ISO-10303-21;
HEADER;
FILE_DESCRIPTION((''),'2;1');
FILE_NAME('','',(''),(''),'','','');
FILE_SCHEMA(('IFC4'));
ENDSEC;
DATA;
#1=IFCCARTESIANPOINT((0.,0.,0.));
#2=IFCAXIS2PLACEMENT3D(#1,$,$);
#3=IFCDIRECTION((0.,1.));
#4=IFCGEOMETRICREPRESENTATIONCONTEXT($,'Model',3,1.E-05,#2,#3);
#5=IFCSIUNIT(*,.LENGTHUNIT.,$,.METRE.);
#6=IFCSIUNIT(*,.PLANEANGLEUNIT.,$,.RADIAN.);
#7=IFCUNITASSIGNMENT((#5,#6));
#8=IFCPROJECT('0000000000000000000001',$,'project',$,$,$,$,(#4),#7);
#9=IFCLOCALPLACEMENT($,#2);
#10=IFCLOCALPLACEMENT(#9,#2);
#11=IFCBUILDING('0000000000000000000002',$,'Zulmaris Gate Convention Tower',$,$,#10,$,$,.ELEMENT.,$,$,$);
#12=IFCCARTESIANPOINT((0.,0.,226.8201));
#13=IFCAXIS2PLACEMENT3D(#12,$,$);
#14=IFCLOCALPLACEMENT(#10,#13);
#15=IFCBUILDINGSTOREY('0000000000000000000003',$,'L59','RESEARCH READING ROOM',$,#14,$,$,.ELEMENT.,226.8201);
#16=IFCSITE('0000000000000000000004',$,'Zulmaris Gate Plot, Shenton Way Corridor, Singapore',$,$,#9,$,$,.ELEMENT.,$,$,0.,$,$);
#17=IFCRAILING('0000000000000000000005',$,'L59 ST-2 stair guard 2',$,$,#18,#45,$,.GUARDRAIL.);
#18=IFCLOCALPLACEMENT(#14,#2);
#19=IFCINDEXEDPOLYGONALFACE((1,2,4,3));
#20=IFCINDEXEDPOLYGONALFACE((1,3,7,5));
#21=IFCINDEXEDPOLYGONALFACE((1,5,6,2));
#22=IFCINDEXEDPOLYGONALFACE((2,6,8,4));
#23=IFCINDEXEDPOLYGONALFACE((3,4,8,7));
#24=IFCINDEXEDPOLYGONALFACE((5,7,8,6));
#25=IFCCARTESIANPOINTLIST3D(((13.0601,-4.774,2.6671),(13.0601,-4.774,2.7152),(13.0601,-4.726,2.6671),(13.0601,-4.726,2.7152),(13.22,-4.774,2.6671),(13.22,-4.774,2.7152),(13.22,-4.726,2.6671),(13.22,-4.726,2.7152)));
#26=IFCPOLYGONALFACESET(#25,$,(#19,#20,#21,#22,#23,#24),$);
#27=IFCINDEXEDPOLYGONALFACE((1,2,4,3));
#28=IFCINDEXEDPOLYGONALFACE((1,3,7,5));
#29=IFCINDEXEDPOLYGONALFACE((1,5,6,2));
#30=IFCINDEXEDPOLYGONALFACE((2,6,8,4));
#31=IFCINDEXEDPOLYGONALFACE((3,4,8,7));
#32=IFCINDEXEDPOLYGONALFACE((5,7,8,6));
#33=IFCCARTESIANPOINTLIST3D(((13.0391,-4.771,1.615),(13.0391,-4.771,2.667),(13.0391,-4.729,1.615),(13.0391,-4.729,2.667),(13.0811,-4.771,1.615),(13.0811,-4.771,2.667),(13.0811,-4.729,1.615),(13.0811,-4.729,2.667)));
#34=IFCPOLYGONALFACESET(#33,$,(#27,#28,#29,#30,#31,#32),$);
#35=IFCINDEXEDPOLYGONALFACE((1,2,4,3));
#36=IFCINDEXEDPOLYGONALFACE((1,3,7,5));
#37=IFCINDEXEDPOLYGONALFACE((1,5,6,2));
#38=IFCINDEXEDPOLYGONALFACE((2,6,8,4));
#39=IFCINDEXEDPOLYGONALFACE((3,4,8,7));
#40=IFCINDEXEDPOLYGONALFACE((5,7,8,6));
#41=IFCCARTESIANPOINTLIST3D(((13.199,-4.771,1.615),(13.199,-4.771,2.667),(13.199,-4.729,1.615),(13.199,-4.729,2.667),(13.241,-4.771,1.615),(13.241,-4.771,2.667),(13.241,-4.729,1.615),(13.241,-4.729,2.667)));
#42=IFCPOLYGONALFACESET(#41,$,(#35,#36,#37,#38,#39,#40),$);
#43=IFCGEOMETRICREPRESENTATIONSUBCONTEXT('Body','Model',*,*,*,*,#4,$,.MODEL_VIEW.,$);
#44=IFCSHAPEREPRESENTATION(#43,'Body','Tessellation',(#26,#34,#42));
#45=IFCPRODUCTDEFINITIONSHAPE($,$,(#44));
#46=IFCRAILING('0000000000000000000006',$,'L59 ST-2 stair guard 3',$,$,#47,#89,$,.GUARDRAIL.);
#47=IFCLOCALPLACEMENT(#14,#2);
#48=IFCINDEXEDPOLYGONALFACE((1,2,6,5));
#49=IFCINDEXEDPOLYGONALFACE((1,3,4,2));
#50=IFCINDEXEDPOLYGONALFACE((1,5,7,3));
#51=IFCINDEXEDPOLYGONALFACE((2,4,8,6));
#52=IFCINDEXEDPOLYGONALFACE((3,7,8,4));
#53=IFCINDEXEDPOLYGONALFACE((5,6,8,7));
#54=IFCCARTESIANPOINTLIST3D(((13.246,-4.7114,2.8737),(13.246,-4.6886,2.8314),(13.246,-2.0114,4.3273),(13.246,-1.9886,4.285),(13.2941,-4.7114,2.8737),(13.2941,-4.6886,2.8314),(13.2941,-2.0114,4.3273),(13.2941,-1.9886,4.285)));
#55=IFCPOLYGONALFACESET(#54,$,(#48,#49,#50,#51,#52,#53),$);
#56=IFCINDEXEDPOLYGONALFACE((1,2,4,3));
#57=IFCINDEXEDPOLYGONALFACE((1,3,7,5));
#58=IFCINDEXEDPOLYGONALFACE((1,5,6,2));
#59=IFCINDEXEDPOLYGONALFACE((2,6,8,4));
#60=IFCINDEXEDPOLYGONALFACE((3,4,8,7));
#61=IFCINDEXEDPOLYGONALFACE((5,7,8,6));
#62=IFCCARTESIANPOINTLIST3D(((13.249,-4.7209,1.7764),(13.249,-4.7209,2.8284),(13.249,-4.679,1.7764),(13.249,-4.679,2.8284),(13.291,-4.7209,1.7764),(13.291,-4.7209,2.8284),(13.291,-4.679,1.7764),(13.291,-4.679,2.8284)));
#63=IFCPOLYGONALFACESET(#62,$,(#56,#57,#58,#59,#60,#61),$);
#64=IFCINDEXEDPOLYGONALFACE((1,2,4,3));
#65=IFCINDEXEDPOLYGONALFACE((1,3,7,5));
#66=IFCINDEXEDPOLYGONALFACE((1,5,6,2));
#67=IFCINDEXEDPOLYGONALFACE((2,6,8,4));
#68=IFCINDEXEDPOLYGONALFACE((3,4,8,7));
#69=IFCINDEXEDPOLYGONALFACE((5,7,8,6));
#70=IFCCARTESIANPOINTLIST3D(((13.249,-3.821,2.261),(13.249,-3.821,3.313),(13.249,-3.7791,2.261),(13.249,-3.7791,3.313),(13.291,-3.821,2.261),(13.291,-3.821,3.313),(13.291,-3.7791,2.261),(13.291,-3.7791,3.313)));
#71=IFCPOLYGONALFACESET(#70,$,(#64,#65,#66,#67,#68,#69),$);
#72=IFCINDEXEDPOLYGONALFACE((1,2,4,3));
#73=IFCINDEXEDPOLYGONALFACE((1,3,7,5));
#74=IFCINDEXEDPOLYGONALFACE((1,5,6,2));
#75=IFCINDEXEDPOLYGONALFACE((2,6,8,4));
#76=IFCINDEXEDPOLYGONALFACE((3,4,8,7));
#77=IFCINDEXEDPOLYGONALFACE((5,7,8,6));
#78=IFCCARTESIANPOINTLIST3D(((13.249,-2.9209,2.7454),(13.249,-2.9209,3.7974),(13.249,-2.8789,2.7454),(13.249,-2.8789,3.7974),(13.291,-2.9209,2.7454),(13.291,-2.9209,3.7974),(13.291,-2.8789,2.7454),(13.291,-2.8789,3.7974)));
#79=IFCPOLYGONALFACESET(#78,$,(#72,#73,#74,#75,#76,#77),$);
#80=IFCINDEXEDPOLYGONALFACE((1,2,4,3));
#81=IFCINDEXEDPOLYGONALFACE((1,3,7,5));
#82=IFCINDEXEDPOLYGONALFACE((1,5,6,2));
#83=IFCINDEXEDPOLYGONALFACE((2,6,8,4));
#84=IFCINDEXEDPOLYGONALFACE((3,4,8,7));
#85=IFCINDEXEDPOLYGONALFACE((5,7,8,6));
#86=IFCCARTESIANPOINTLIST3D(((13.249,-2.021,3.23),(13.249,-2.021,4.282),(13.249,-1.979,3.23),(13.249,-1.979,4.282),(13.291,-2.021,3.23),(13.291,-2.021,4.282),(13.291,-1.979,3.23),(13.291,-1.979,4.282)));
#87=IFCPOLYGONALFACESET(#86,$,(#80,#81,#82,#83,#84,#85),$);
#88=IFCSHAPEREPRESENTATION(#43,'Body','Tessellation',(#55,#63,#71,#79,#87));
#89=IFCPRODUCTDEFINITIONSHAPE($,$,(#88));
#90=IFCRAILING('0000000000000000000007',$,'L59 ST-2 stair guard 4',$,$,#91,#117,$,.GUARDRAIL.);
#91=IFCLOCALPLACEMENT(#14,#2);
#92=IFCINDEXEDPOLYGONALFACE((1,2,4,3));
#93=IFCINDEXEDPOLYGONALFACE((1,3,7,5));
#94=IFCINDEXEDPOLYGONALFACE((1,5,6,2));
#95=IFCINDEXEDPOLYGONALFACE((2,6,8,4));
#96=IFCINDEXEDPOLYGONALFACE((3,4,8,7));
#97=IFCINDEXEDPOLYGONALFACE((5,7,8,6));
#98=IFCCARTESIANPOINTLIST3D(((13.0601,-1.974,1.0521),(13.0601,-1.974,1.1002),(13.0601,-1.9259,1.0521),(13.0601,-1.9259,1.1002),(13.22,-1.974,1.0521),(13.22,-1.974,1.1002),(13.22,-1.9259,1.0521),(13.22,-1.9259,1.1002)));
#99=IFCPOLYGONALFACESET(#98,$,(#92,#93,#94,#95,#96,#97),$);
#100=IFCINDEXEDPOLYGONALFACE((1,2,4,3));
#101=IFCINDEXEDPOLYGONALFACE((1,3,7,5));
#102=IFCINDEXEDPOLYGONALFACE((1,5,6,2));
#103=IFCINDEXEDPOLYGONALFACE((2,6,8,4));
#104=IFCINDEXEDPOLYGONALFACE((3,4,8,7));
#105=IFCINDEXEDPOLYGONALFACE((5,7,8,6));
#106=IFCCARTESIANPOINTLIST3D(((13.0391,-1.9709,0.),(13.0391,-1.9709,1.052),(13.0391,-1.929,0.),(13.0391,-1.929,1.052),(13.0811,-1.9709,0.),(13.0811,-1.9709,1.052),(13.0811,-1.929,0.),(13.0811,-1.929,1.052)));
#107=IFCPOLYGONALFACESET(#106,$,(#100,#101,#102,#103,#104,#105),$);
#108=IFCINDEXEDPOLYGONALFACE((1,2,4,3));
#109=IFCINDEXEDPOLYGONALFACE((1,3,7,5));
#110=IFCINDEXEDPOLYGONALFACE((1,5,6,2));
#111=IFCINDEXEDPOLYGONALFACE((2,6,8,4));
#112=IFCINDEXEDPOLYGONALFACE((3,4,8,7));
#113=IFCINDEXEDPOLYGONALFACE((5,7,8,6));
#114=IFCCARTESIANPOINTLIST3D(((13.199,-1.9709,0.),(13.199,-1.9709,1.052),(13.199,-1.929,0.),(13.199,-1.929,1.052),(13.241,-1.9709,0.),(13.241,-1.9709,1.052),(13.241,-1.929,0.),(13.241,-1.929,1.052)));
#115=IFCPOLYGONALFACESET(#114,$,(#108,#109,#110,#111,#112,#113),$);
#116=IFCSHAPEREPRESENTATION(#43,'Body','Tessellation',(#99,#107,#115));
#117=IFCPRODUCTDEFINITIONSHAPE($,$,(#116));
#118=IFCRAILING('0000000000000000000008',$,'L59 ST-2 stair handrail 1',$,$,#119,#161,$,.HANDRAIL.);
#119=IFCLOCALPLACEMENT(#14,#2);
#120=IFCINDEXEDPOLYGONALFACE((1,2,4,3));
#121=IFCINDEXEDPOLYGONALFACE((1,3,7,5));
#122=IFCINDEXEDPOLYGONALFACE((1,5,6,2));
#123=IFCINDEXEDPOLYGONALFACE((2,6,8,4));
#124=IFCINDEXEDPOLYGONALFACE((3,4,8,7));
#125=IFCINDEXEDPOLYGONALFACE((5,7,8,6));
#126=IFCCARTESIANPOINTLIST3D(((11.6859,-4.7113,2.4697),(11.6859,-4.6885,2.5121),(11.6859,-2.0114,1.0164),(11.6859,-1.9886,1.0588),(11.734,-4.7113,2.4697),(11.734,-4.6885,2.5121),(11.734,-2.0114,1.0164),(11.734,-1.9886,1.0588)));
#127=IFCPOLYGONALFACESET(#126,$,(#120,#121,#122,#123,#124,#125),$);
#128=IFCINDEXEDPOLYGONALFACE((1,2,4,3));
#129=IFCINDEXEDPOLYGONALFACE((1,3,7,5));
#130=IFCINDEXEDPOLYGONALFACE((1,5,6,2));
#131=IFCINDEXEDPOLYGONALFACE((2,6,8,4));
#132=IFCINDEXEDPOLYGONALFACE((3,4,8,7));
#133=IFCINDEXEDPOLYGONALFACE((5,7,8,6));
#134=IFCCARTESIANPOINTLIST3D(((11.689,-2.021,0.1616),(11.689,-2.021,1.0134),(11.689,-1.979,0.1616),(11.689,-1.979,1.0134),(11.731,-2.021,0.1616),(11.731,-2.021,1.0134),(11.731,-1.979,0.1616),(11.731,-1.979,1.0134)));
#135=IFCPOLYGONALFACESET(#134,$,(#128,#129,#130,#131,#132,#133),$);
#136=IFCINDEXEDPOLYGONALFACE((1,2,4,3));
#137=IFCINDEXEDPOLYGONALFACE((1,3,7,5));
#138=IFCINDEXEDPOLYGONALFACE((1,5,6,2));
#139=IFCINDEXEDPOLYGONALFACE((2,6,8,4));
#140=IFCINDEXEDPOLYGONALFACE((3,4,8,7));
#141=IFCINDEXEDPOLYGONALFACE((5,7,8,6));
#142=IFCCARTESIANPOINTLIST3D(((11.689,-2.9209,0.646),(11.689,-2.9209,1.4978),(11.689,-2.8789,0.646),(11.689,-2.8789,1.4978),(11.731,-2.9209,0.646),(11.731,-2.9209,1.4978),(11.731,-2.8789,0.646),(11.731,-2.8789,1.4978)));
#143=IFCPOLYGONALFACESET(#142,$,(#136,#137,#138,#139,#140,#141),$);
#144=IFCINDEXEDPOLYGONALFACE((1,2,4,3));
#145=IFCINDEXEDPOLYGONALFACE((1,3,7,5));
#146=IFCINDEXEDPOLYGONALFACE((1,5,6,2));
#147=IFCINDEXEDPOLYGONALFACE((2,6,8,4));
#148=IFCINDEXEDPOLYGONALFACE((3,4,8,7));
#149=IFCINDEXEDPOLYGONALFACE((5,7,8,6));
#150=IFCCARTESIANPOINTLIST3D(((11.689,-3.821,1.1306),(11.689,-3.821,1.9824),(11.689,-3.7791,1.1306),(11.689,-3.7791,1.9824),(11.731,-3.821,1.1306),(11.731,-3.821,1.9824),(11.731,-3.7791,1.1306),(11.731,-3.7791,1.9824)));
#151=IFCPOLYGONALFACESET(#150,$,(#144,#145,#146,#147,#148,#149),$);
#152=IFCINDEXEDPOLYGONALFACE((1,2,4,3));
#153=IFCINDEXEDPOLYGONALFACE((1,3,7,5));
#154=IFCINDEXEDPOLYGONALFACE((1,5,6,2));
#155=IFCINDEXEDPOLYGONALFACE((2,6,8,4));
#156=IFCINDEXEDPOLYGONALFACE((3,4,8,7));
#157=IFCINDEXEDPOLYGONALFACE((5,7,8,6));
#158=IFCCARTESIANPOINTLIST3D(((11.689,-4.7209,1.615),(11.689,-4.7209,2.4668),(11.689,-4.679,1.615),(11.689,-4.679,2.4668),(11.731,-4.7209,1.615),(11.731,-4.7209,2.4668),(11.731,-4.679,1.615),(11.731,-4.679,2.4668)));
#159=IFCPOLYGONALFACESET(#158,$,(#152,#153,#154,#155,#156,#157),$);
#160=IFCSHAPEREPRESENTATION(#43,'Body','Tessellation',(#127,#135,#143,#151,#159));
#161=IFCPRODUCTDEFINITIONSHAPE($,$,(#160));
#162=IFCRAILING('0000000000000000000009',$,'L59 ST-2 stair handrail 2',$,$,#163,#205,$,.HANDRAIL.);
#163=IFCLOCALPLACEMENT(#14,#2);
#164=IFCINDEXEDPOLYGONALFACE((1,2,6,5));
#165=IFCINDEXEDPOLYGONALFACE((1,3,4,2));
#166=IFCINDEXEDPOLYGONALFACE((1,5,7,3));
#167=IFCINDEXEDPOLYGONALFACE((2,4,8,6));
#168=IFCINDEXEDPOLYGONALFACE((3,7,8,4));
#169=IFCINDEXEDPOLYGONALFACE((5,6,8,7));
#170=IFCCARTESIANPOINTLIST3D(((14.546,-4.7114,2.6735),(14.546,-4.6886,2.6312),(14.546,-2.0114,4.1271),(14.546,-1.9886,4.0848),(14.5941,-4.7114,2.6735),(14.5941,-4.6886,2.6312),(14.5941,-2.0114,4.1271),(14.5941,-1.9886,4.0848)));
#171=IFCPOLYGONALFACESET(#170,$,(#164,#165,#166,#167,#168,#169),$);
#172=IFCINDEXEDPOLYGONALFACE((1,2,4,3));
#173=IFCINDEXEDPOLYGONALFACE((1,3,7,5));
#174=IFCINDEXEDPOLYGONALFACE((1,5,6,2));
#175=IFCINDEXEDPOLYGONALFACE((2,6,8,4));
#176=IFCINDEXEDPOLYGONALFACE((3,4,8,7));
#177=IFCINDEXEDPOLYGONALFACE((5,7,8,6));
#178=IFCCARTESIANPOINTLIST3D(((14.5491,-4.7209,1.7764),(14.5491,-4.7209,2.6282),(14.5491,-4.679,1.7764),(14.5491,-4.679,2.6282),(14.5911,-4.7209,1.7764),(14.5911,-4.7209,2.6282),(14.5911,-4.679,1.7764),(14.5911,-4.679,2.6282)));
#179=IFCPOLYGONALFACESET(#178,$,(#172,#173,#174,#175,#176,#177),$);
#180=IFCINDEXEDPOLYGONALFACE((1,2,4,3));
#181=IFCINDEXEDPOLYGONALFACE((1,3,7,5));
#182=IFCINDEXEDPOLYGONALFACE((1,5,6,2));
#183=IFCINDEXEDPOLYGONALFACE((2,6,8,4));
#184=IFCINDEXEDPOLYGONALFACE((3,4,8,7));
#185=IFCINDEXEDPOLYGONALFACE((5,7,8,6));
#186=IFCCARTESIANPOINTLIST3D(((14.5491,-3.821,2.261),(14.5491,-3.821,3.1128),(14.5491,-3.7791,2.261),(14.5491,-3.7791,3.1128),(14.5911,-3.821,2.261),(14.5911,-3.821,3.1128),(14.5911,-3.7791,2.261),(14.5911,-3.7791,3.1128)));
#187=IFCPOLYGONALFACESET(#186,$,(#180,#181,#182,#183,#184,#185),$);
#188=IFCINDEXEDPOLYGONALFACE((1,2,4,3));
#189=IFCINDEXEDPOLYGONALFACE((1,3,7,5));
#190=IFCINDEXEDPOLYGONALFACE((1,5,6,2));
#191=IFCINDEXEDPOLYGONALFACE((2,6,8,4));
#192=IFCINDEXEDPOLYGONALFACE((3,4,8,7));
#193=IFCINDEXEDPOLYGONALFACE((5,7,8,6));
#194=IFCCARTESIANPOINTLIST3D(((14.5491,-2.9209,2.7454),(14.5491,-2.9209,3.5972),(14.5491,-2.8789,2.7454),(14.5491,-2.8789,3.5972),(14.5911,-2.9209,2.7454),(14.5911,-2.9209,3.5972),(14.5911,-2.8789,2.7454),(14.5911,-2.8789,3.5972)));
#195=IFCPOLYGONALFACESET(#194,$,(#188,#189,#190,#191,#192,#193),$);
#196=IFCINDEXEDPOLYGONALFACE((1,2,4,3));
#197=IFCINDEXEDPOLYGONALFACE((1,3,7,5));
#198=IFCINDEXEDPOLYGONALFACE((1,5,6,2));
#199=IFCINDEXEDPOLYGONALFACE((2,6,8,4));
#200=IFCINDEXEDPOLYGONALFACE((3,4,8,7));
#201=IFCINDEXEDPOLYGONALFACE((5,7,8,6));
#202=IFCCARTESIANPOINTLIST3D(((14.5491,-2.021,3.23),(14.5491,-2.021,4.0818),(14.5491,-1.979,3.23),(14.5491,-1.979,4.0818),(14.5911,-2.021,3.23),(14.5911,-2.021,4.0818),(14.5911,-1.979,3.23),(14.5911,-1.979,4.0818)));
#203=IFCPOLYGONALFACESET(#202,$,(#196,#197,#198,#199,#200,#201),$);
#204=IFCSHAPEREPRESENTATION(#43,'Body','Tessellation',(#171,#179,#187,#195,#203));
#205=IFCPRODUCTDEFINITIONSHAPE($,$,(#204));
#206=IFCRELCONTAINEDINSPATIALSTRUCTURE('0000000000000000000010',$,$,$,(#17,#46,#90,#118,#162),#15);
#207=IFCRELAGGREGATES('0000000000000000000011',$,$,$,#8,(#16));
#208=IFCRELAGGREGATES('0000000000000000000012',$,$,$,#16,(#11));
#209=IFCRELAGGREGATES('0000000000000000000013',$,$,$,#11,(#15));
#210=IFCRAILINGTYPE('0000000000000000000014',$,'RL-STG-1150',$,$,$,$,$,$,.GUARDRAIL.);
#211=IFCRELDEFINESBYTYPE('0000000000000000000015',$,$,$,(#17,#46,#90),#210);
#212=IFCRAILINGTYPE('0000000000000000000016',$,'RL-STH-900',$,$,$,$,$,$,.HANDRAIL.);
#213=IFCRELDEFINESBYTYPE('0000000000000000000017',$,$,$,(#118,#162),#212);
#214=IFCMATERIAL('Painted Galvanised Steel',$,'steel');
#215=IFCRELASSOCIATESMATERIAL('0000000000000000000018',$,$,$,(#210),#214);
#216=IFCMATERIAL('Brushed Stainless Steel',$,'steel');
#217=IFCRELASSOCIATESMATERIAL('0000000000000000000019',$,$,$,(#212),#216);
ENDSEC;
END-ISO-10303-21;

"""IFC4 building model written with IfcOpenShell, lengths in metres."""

from ifc_helpers import new_model, si_unit, direction, frame, origin, origin_2d, place, context, subcontext, project, spatial, rectangle, extrude, material, type_object, element, save


model = new_model("IFC4")

# Units and contexts
model_context = context("Model", 3, precision=1e-05, world=origin(), true_north=direction((0.0, 1.0)))
body_context = subcontext(model_context, "Body", "Model", "MODEL_VIEW")
ifc_project = project(units=[si_unit("LENGTHUNIT", "METRE"), si_unit("PLANEANGLEUNIT", "RADIAN")], contexts=[model_context])

# Site, building, storey
site_placement = place(None, origin())
site = spatial("IfcSite", under=ifc_project, at=site_placement, Name="Zulmaris Gate Plot, Shenton Way Corridor, Singapore", CompositionType="ELEMENT", RefElevation=0.0)
building_placement = place(site_placement, origin())
building = spatial("IfcBuilding", under=site, at=building_placement, Name="Zulmaris Gate Convention Tower", CompositionType="ELEMENT")
storey_placement = place(building_placement, frame((0.0, 0.0, 226.8201)))
storey = spatial("IfcBuildingStorey", under=building, at=storey_placement, Name="L59", Description="RESEARCH READING ROOM", CompositionType="ELEMENT", Elevation=226.8201)

# Railings
ifc_material_1 = material(Name="Painted Galvanised Steel", Category="steel")
railing_type_1 = type_object("IfcRailingType", Name="RL-STG-1150", PredefinedType="GUARDRAIL", material=ifc_material_1)
railing_1_placement = place(storey_placement, frame((13.0601, -4.75, 1.615)))
element("IfcRailing", 1, at=railing_1_placement, inside=storey, type_object=railing_type_1, Name="L59 ST-2 stair guard 2", PredefinedType="GUARDRAIL", context=body_context, shape_type="SweptSolid", body=[
    extrude(rectangle(XDim=0.0481, YDim=0.0481, at=origin_2d()), frame((0.0, 0.0, 1.0762), z_axis=(1.0, 0.0, 0.0), x_axis=(0.0, 1.0, 0.0)), (0.0, 0.0, 1.0), 0.1599),
    extrude(rectangle(XDim=0.042, YDim=0.042, at=origin_2d()), origin(), (0.0, 0.0, 1.0), 1.052),
    extrude(rectangle(XDim=0.042, YDim=0.042, at=origin_2d()), frame((0.1599, 0.0, 0.0)), (0.0, 0.0, 1.0), 1.052),
])
railing_2_placement = place(storey_placement, frame((13.27, -4.7, 1.7764)))
element("IfcRailing", 2, at=railing_2_placement, inside=storey, type_object=railing_type_1, Name="L59 ST-2 stair guard 3", PredefinedType="GUARDRAIL", context=body_context, shape_type="SweptSolid", body=[
    extrude(rectangle(XDim=0.0481, YDim=0.0481, at=origin_2d()), frame((0.0, 0.0, 1.0762), z_axis=(0.0, 0.880499, 0.474048), x_axis=(-1.0, 0.0, 0.0)), (0.0, 0.0, 1.0), 3.0664),
    extrude(rectangle(XDim=0.042, YDim=0.042, at=origin_2d()), origin(), (0.0, 0.0, 1.0), 1.052),
    extrude(rectangle(XDim=0.042, YDim=0.042, at=origin_2d()), frame((0.0, 0.8999, 0.4846)), (0.0, 0.0, 1.0), 1.052),
    extrude(rectangle(XDim=0.042, YDim=0.042, at=origin_2d()), frame((0.0, 1.8, 0.969)), (0.0, 0.0, 1.0), 1.052),
    extrude(rectangle(XDim=0.042, YDim=0.042, at=origin_2d()), frame((0.0, 2.7, 1.4536)), (0.0, 0.0, 1.0), 1.052),
])
railing_3_placement = place(storey_placement, frame((13.0601, -1.95, 0.0)))
element("IfcRailing", 3, at=railing_3_placement, inside=storey, type_object=railing_type_1, Name="L59 ST-2 stair guard 4", PredefinedType="GUARDRAIL", context=body_context, shape_type="SweptSolid", body=[
    extrude(rectangle(XDim=0.0481, YDim=0.0481, at=origin_2d()), frame((0.0, 0.0, 1.0762), z_axis=(1.0, 0.0, 0.0), x_axis=(0.0, 1.0, 0.0)), (0.0, 0.0, 1.0), 0.1599),
    extrude(rectangle(XDim=0.042, YDim=0.042, at=origin_2d()), origin(), (0.0, 0.0, 1.0), 1.052),
    extrude(rectangle(XDim=0.042, YDim=0.042, at=origin_2d()), frame((0.1599, 0.0, 0.0)), (0.0, 0.0, 1.0), 1.052),
])
ifc_material_2 = material(Name="Brushed Stainless Steel", Category="steel")
railing_type_2 = type_object("IfcRailingType", Name="RL-STH-900", PredefinedType="HANDRAIL", material=ifc_material_2)
railing_4_placement = place(storey_placement, frame((11.71, -2.0, 0.1616)))
element("IfcRailing", 4, at=railing_4_placement, inside=storey, type_object=railing_type_2, Name="L59 ST-2 stair handrail 1", PredefinedType="HANDRAIL", context=body_context, shape_type="SweptSolid", body=[
    extrude(rectangle(XDim=0.0481, YDim=0.0481, at=origin_2d()), frame((0.0, 0.0, 0.876), z_axis=(0.0, -0.880532, 0.473986), x_axis=(1.0, 0.0, 0.0)), (0.0, 0.0, 1.0), 3.0662),
    extrude(rectangle(XDim=0.042, YDim=0.042, at=origin_2d()), origin(), (0.0, 0.0, 1.0), 0.8518),
    extrude(rectangle(XDim=0.042, YDim=0.042, at=origin_2d()), frame((0.0, -0.8999, 0.4844)), (0.0, 0.0, 1.0), 0.8518),
    extrude(rectangle(XDim=0.042, YDim=0.042, at=origin_2d()), frame((0.0, -1.8, 0.969)), (0.0, 0.0, 1.0), 0.8518),
    extrude(rectangle(XDim=0.042, YDim=0.042, at=origin_2d()), frame((0.0, -2.7, 1.4534)), (0.0, 0.0, 1.0), 0.8518),
])
railing_5_placement = place(storey_placement, frame((14.5701, -4.7, 1.7764)))
element("IfcRailing", 5, at=railing_5_placement, inside=storey, type_object=railing_type_2, Name="L59 ST-2 stair handrail 2", PredefinedType="HANDRAIL", context=body_context, shape_type="SweptSolid", body=[
    extrude(rectangle(XDim=0.0481, YDim=0.0481, at=origin_2d()), frame((0.0, 0.0, 0.876), z_axis=(0.0, 0.880499, 0.474048), x_axis=(-1.0, 0.0, 0.0)), (0.0, 0.0, 1.0), 3.0664),
    extrude(rectangle(XDim=0.042, YDim=0.042, at=origin_2d()), origin(), (0.0, 0.0, 1.0), 0.8518),
    extrude(rectangle(XDim=0.042, YDim=0.042, at=origin_2d()), frame((0.0, 0.8999, 0.4846)), (0.0, 0.0, 1.0), 0.8518),
    extrude(rectangle(XDim=0.042, YDim=0.042, at=origin_2d()), frame((0.0, 1.8, 0.969)), (0.0, 0.0, 1.0), 0.8518),
    extrude(rectangle(XDim=0.042, YDim=0.042, at=origin_2d()), frame((0.0, 2.7, 1.4536)), (0.0, 0.0, 1.0), 0.8518),
])

save(model, "model.ifc")
